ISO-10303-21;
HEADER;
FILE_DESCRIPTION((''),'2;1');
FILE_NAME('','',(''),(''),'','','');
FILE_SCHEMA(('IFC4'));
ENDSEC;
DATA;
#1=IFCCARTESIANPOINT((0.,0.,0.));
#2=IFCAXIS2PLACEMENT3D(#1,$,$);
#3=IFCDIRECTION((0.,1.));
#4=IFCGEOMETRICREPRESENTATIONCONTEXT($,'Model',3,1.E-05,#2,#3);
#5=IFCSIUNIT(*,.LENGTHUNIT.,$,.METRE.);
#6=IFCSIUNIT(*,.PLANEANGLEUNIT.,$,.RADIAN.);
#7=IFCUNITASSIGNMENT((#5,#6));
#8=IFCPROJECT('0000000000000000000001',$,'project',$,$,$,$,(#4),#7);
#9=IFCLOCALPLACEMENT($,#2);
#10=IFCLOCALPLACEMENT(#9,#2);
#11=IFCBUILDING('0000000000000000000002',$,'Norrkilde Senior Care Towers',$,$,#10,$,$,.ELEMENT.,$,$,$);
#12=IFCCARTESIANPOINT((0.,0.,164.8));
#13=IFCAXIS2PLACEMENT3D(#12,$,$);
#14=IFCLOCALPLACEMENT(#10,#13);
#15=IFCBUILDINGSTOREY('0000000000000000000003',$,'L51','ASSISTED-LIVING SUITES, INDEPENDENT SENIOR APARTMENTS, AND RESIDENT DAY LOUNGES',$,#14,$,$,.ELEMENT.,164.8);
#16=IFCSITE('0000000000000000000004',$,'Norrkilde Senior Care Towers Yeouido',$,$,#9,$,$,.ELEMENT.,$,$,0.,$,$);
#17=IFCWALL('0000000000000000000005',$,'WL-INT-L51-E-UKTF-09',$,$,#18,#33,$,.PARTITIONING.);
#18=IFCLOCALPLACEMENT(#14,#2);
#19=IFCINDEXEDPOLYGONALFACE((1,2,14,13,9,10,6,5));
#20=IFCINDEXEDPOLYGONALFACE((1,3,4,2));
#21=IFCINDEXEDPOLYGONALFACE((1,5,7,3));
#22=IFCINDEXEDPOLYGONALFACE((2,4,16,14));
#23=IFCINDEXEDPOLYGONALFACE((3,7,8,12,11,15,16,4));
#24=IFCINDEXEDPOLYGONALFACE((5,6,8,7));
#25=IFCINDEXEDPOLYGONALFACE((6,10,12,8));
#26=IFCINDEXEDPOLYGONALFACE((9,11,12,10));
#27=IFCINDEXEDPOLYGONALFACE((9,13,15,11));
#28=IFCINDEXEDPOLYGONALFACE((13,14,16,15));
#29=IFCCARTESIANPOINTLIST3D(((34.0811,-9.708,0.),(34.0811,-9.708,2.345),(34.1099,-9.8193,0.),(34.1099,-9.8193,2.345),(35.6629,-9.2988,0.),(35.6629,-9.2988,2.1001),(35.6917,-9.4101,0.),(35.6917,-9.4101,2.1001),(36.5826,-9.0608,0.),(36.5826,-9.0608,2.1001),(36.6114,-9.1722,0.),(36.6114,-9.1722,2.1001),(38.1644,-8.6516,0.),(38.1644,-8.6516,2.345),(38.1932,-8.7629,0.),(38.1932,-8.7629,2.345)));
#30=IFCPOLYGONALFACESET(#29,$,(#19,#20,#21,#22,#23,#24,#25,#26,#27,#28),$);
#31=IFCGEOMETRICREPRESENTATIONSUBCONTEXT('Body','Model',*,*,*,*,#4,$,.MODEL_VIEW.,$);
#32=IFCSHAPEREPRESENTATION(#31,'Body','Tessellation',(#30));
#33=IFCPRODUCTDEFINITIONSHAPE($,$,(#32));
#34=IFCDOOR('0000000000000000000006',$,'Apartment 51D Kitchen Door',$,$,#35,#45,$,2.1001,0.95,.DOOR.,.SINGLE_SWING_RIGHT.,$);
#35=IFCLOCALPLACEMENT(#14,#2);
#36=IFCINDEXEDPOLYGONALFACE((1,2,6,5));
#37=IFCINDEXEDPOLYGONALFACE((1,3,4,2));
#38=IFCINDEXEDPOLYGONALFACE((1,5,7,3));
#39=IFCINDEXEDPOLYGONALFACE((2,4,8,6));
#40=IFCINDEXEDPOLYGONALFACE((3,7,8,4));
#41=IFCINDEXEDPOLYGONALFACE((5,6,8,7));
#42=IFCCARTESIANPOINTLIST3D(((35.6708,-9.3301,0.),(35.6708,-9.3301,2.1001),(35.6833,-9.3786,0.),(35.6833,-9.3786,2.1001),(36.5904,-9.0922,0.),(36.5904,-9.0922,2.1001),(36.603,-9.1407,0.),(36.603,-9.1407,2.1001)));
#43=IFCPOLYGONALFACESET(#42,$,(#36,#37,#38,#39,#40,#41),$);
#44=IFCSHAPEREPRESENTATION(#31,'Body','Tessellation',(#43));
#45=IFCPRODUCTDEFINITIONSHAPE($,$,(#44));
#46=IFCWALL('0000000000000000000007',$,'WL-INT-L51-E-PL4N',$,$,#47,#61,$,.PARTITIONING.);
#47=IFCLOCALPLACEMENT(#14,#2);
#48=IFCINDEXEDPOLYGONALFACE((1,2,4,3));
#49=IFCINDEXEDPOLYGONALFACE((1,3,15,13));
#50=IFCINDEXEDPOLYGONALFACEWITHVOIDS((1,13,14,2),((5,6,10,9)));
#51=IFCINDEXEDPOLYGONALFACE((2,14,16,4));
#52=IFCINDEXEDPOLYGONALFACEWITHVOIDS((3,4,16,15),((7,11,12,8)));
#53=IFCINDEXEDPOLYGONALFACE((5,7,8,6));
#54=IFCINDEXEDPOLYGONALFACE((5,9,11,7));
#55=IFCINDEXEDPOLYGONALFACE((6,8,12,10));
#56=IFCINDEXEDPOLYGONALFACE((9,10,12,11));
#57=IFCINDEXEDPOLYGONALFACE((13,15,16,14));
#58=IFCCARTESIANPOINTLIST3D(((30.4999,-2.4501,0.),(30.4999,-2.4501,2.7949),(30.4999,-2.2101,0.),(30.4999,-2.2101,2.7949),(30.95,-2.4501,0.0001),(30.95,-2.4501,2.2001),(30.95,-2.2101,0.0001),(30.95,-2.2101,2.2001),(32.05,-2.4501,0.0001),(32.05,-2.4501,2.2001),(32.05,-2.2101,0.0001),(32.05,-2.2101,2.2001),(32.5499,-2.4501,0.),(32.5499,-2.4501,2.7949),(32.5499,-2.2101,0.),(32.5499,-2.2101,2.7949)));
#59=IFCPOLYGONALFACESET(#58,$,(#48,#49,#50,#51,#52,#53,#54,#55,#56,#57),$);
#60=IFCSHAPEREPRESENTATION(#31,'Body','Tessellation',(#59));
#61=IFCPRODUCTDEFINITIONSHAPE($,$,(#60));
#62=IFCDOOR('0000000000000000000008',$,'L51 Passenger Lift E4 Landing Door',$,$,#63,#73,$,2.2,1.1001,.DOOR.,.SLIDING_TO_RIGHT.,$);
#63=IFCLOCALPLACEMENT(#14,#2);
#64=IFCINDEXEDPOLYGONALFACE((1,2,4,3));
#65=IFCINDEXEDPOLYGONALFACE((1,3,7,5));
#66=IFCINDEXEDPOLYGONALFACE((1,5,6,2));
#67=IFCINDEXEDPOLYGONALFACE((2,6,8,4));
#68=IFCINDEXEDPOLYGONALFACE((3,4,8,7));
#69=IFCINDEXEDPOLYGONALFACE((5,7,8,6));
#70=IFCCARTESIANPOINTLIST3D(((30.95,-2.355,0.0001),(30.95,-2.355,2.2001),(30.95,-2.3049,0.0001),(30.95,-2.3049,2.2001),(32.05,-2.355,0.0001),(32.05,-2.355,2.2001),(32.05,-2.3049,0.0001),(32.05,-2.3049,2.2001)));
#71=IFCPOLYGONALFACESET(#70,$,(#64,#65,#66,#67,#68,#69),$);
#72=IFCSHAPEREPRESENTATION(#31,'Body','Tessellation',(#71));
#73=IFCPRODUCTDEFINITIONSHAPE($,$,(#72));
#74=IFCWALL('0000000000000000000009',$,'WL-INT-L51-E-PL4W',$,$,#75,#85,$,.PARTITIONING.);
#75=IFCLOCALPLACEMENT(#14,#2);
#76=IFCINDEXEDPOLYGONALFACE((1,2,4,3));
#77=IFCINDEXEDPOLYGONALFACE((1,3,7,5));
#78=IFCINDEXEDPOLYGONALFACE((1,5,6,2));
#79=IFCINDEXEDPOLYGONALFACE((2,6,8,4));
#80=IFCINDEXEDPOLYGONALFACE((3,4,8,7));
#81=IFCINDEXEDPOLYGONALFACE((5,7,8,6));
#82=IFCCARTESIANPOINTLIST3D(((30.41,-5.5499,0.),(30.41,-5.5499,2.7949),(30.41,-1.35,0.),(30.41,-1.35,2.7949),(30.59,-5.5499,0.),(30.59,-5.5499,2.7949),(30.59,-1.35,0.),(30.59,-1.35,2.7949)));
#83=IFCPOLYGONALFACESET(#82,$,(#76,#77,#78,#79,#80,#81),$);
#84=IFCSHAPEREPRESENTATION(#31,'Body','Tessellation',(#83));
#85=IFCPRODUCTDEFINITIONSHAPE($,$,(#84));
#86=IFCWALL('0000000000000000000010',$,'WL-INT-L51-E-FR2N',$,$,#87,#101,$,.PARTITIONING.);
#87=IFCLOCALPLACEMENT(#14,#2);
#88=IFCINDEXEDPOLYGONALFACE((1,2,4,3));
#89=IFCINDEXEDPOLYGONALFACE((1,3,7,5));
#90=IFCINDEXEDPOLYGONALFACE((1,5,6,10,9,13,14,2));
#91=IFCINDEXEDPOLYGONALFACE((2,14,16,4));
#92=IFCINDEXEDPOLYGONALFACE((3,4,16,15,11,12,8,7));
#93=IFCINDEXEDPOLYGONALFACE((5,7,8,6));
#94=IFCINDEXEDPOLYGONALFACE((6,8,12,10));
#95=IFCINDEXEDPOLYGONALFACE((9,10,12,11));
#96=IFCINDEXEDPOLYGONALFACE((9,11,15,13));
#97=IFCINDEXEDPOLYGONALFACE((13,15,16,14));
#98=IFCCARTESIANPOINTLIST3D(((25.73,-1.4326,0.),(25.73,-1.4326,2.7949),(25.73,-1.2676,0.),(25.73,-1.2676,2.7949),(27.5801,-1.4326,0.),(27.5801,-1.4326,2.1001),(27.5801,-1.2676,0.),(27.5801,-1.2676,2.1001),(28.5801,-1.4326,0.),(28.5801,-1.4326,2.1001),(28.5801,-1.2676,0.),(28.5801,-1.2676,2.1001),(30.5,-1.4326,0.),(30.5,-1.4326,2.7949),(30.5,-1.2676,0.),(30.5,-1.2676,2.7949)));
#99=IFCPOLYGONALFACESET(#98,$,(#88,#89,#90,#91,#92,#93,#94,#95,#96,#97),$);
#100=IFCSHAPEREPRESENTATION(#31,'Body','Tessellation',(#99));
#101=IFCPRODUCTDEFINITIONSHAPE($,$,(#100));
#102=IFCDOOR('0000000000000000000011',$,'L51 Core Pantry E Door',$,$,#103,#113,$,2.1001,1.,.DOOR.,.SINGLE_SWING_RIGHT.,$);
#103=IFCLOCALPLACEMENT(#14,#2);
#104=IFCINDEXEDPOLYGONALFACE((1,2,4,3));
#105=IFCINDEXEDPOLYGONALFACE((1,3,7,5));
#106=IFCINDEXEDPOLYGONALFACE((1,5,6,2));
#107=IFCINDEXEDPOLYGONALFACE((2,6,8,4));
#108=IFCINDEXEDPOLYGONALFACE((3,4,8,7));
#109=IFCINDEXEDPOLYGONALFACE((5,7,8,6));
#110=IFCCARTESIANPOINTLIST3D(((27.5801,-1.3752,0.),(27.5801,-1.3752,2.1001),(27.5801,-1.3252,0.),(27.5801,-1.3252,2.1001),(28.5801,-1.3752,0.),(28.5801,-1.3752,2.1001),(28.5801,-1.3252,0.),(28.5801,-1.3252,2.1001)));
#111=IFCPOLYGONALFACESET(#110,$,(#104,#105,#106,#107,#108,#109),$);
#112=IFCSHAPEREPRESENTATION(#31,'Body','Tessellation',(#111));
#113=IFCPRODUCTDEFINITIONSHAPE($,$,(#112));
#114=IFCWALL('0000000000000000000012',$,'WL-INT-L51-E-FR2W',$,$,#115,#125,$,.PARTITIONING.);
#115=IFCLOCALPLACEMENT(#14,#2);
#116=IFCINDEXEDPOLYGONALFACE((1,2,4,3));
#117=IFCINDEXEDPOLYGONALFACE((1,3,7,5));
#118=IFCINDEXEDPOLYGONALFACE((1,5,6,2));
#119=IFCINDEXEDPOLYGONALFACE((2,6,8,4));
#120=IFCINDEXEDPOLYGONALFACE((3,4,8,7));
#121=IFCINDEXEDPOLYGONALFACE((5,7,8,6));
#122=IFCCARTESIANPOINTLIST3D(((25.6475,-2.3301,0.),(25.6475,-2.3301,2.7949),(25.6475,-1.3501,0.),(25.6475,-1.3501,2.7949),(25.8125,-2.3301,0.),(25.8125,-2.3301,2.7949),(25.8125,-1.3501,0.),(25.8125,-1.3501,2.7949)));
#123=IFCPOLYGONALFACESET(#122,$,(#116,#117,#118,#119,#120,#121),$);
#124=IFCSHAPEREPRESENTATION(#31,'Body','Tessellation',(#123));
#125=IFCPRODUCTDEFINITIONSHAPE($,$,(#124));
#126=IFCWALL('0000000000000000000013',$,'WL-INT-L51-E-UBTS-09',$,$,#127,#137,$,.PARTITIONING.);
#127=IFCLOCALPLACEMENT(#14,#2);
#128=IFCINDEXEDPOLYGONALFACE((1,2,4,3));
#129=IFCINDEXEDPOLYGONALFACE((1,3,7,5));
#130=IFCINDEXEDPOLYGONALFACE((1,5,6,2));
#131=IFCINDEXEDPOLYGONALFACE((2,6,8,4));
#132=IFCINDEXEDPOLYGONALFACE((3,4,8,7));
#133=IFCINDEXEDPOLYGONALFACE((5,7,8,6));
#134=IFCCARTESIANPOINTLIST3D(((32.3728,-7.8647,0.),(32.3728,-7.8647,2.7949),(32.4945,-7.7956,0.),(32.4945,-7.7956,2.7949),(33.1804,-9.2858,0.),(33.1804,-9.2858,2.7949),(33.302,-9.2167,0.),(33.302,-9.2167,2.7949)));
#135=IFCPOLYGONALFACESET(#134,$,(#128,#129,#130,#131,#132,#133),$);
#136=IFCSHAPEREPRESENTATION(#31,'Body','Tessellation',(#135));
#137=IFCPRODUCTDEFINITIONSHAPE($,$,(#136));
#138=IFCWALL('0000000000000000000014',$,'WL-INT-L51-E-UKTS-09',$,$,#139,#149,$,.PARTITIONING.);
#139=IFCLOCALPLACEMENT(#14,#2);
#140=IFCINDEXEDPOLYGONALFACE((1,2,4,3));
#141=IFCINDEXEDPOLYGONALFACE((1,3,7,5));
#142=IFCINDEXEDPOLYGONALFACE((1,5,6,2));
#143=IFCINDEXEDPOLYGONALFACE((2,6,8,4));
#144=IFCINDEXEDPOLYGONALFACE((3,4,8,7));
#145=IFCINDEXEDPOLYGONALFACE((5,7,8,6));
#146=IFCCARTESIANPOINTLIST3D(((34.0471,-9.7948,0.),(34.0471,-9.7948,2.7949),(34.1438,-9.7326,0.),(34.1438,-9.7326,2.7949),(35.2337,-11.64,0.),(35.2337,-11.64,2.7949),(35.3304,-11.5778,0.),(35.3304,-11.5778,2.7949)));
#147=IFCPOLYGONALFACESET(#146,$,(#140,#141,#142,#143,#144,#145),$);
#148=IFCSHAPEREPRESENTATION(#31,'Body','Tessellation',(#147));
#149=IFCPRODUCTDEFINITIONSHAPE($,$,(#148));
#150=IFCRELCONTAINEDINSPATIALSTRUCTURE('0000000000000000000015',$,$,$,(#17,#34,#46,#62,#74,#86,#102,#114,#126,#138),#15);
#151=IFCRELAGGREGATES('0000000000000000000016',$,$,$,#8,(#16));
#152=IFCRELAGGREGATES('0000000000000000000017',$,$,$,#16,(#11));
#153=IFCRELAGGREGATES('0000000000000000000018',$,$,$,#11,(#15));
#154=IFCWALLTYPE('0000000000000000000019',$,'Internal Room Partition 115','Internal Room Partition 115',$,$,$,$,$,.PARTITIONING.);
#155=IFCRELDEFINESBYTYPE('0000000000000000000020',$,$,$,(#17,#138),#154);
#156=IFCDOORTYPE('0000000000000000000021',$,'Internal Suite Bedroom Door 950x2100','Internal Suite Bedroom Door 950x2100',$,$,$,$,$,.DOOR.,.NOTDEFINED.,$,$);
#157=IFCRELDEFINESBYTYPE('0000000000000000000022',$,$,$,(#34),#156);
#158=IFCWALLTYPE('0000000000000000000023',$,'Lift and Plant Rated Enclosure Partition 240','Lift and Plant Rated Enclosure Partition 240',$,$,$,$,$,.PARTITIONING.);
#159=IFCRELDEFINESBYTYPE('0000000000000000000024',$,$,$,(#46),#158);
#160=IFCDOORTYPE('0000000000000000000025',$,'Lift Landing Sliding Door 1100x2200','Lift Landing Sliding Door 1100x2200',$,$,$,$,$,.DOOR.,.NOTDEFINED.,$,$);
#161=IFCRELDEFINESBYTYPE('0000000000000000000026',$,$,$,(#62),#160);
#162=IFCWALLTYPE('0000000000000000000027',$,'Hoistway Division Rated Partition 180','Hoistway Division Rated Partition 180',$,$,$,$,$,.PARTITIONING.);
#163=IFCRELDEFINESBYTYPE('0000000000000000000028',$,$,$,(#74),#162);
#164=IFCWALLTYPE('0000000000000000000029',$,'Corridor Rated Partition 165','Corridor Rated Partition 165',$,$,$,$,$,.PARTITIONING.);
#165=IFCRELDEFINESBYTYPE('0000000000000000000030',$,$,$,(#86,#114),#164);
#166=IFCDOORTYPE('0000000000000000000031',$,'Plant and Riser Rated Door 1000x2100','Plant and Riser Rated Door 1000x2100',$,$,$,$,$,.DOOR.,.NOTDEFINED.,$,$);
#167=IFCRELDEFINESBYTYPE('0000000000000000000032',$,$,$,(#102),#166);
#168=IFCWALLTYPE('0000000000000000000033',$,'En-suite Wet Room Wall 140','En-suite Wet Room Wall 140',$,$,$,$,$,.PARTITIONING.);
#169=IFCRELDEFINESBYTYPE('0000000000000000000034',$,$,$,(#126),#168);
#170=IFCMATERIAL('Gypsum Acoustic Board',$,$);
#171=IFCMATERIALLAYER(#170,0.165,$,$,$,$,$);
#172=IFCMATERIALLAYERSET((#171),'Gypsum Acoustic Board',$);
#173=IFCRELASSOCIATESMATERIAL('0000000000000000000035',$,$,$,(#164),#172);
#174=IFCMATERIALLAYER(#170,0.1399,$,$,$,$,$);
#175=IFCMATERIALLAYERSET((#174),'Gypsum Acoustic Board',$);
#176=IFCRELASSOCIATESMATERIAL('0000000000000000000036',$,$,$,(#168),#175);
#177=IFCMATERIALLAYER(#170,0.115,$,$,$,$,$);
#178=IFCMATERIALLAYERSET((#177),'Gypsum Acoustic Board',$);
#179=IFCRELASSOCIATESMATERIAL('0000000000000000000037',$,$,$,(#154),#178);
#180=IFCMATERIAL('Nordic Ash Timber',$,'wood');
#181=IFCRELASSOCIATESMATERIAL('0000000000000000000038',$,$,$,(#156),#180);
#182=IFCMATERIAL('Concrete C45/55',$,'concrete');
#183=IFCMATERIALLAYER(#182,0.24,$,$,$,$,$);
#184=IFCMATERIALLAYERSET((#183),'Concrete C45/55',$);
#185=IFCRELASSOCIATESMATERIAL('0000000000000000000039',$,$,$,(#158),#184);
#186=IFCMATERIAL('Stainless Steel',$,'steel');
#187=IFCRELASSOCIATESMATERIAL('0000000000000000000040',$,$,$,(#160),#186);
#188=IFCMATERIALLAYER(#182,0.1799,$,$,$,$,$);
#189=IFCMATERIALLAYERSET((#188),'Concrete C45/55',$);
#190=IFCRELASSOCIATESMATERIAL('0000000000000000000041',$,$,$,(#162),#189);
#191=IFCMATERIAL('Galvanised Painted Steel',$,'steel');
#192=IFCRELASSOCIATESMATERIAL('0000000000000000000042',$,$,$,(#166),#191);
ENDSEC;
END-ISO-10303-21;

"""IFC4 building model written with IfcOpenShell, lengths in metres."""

from ifc_helpers import new_model, si_unit, direction, frame, frame_2d, origin, place, context, subcontext, project, spatial, rectangle, extrude, source, transform, mapped, material, layer, layer_set, type_object, type_shapes, element, fill, save


model = new_model("IFC4")

# Units and contexts
model_context = context("Model", 3, precision=1e-05, world=origin(), true_north=direction((0.0, 1.0)))
body_context = subcontext(model_context, "Body", "Model", "MODEL_VIEW")
ifc_project = project(units=[si_unit("LENGTHUNIT", "METRE"), si_unit("PLANEANGLEUNIT", "RADIAN")], contexts=[model_context])

# Site, building, storey
site_placement = place(None, origin())
site = spatial("IfcSite", under=ifc_project, at=site_placement, Name="Norrkilde Senior Care Towers Yeouido", CompositionType="ELEMENT", RefElevation=0.0)
building_placement = place(site_placement, origin())
building = spatial("IfcBuilding", under=site, at=building_placement, Name="Norrkilde Senior Care Towers", CompositionType="ELEMENT")
storey_placement = place(building_placement, frame((0.0, 0.0, 164.8)))
storey = spatial("IfcBuildingStorey", under=building, at=storey_placement, Name="L51", Description="ASSISTED-LIVING SUITES, INDEPENDENT SENIOR APARTMENTS, AND RESIDENT DAY LOUNGES", CompositionType="ELEMENT", Elevation=164.8)

# Shared definitions
ifc_material_1 = material(Name="Concrete C45/55", Category="concrete")

# Shared definitions
ifc_material_2 = material(Name="Gypsum Acoustic Board")
ifc_layer_1 = layer(ifc_material_2, 0.165)
ifc_layer_set_1 = layer_set([ifc_layer_1], Name="Gypsum Acoustic Board")
wall_type_1 = type_object("IfcWallType", Name="Corridor Rated Partition 165", Description="Corridor Rated Partition 165", PredefinedType="PARTITIONING", material=ifc_layer_set_1)
ifc_material_3 = material(Name="Galvanised Painted Steel", Category="steel")

# Shared definitions
ifc_layer_2 = layer(ifc_material_2, 0.1399)
ifc_layer_set_2 = layer_set([ifc_layer_2], Name="Gypsum Acoustic Board")
wall_type_2 = type_object("IfcWallType", Name="En-suite Wet Room Wall 140", Description="En-suite Wet Room Wall 140", PredefinedType="PARTITIONING", material=ifc_layer_set_2)

# Walls, openings, doors
ifc_material_4 = material(Name="Nordic Ash Timber", Category="wood")
ifc_layer_3 = layer(ifc_material_2, 0.115)
ifc_layer_set_3 = layer_set([ifc_layer_3], Name="Gypsum Acoustic Board")
wall_type_3 = type_object("IfcWallType", Name="Internal Room Partition 115", Description="Internal Room Partition 115", PredefinedType="PARTITIONING", material=ifc_layer_set_3)
shared_shape_1 = source(origin(), body_context, "Body", "SweptSolid", [
    extrude(rectangle(XDim=4.2178, YDim=0.115, at=frame_2d((2.1089, 0.0))), origin(), (0.0, 0.0, 1.0), 2.345),
])
wall_1_placement = place(storey_placement, frame((34.0955, -9.7637, 0.0), z_axis=(0.0, 0.0, 1.0), x_axis=(0.968125, 0.250468, 0.0)))
wall_1 = element("IfcWall", 1, at=wall_1_placement, inside=storey, type_object=wall_type_3, Name="WL-INT-L51-E-UKTF-09", PredefinedType="PARTITIONING", context=body_context, shape_type="MappedRepresentation", body=[
    mapped(shared_shape_1, transform((0.0, 0.0, 0.0), x_axis=(1.0, 0.0, 0.0), y_axis=(0.0, 1.0, 0.0), z_axis=(0.0, 0.0, 1.0), scale=1.0)),
])
opening_1_placement = place(wall_1_placement, frame((1.6338, 0.0, 0.0)))
opening_1 = element("IfcOpeningElement", 2, at=opening_1_placement, cuts=wall_1, PredefinedType="OPENING", context=body_context, shape_type="SweptSolid", body=[
    extrude(rectangle(XDim=0.95, YDim=2.1001, at=frame_2d((0.4751, 1.05))), frame((0.0, 0.0674, 0.0), z_axis=(0.0, -1.0, 0.0), x_axis=(1.0, 0.0, 0.0)), (0.0, 0.0, 1.0), 0.135),
])
door_type_1 = type_object("IfcDoorType", Name="Internal Suite Bedroom Door 950x2100", Description="Internal Suite Bedroom Door 950x2100", OperationType="NOTDEFINED", PredefinedType="DOOR", material=ifc_material_4)
shared_shape_2 = source(origin(), body_context, "Body", "SweptSolid", [
    extrude(rectangle(XDim=0.95, YDim=2.1001, at=frame_2d((0.4751, 1.05))), frame((0.0, 0.0249, 0.0), z_axis=(0.0, -1.0, 0.0), x_axis=(1.0, 0.0, 0.0)), (0.0, 0.0, 1.0), 0.05),
])
type_shapes(door_type_1, [shared_shape_2])
door_1_placement = place(opening_1_placement, frame((0.95, 0.0, 0.0), z_axis=(0.0, 0.0, 1.0), x_axis=(-1.0, 0.0, 0.0)))
door_1 = element("IfcDoor", 3, at=door_1_placement, inside=storey, type_object=door_type_1, Name="Apartment 51D Kitchen Door", OperationType="SINGLE_SWING_RIGHT", OverallHeight=2.1001, OverallWidth=0.95, PredefinedType="DOOR", context=body_context, shape_type="MappedRepresentation", body=[
    mapped(shared_shape_2, transform((0.0, 0.0, 0.0), x_axis=(1.0, 0.0, 0.0), y_axis=(0.0, 1.0, 0.0), z_axis=(0.0, 0.0, 1.0), scale=1.0)),
])
fill(opening_1, door_1)
ifc_layer_4 = layer(ifc_material_1, 0.24)
ifc_layer_set_4 = layer_set([ifc_layer_4], Name="Concrete C45/55")
wall_type_4 = type_object("IfcWallType", Name="Lift and Plant Rated Enclosure Partition 240", Description="Lift and Plant Rated Enclosure Partition 240", PredefinedType="PARTITIONING", material=ifc_layer_set_4)
shared_shape_3 = source(origin(), body_context, "Body", "SweptSolid", [
    extrude(rectangle(XDim=2.05, YDim=0.24, at=frame_2d((1.0249, 0.0))), origin(), (0.0, 0.0, 1.0), 2.7949),
])
type_shapes(wall_type_4, [shared_shape_3])
wall_2_placement = place(storey_placement, frame((30.5, -2.3301, 0.0), z_axis=(0.0, 0.0, 1.0), x_axis=(1.0, 0.0, 0.0)))
wall_2 = element("IfcWall", 4, at=wall_2_placement, inside=storey, type_object=wall_type_4, Name="WL-INT-L51-E-PL4N", PredefinedType="PARTITIONING", context=body_context, shape_type="MappedRepresentation", body=[
    mapped(shared_shape_3, transform((0.0, 0.0, 0.0), x_axis=(1.0, 0.0, 0.0), y_axis=(0.0, 1.0, 0.0), z_axis=(0.0, 0.0, 1.0), scale=1.0)),
])
opening_2_placement = place(wall_2_placement, frame((0.45, 0.0, 0.0)))
opening_2 = element("IfcOpeningElement", 5, at=opening_2_placement, cuts=wall_2, PredefinedType="OPENING", context=body_context, shape_type="SweptSolid", body=[
    extrude(rectangle(XDim=1.1001, YDim=2.2, at=frame_2d((0.55, 1.1001))), frame((0.0, 0.1299, 0.0), z_axis=(0.0, -1.0, 0.0), x_axis=(1.0, 0.0, 0.0)), (0.0, 0.0, 1.0), 0.26),
])
ifc_material_5 = material(Name="Stainless Steel", Category="steel")
door_type_2 = type_object("IfcDoorType", Name="Lift Landing Sliding Door 1100x2200", Description="Lift Landing Sliding Door 1100x2200", OperationType="NOTDEFINED", PredefinedType="DOOR", material=ifc_material_5)
shared_shape_4 = source(origin(), body_context, "Body", "SweptSolid", [
    extrude(rectangle(XDim=1.1001, YDim=2.2, at=frame_2d((0.55, 1.1001))), frame((0.0, 0.0249, 0.0), z_axis=(0.0, -1.0, 0.0), x_axis=(1.0, 0.0, 0.0)), (0.0, 0.0, 1.0), 0.05),
])
type_shapes(door_type_2, [shared_shape_4])
door_2_placement = place(opening_2_placement, frame((1.1001, 0.0, 0.0), z_axis=(0.0, 0.0, 1.0), x_axis=(-1.0, 0.0, 0.0)))
door_2 = element("IfcDoor", 6, at=door_2_placement, inside=storey, type_object=door_type_2, Name="L51 Passenger Lift E4 Landing Door", OperationType="SLIDING_TO_RIGHT", OverallHeight=2.2, OverallWidth=1.1001, PredefinedType="DOOR", context=body_context, shape_type="MappedRepresentation", body=[
    mapped(shared_shape_4, transform((0.0, 0.0, 0.0), x_axis=(1.0, 0.0, 0.0), y_axis=(0.0, 1.0, 0.0), z_axis=(0.0, 0.0, 1.0), scale=1.0)),
])
fill(opening_2, door_2)

# Wall
ifc_layer_5 = layer(ifc_material_1, 0.1799)
ifc_layer_set_5 = layer_set([ifc_layer_5], Name="Concrete C45/55")
wall_type_5 = type_object("IfcWallType", Name="Hoistway Division Rated Partition 180", Description="Hoistway Division Rated Partition 180", PredefinedType="PARTITIONING", material=ifc_layer_set_5)
shared_shape_5 = source(origin(), body_context, "Body", "SweptSolid", [
    extrude(rectangle(XDim=4.2, YDim=0.1799, at=frame_2d((2.1001, 0.0))), origin(), (0.0, 0.0, 1.0), 2.7949),
])
type_shapes(wall_type_5, [shared_shape_5])
wall_3_placement = place(storey_placement, frame((30.5, -5.55, 0.0), z_axis=(0.0, 0.0, 1.0), x_axis=(0.0, 1.0, 0.0)))
element("IfcWall", 7, at=wall_3_placement, inside=storey, type_object=wall_type_5, Name="WL-INT-L51-E-PL4W", PredefinedType="PARTITIONING", context=body_context, shape_type="MappedRepresentation", body=[
    mapped(shared_shape_5, transform((0.0, 0.0, 0.0), x_axis=(1.0, 0.0, 0.0), y_axis=(0.0, 1.0, 0.0), z_axis=(0.0, 0.0, 1.0), scale=1.0)),
])

# Wall, opening, door
shared_shape_6 = source(origin(), body_context, "Body", "SweptSolid", [
    extrude(rectangle(XDim=4.77, YDim=0.165, at=frame_2d((2.385, 0.0))), origin(), (0.0, 0.0, 1.0), 2.7949),
])
wall_4_placement = place(storey_placement, frame((25.73, -1.3501, 0.0), z_axis=(0.0, 0.0, 1.0), x_axis=(1.0, 0.0, 0.0)))
wall_4 = element("IfcWall", 8, at=wall_4_placement, inside=storey, type_object=wall_type_1, Name="WL-INT-L51-E-FR2N", PredefinedType="PARTITIONING", context=body_context, shape_type="MappedRepresentation", body=[
    mapped(shared_shape_6, transform((0.0, 0.0, 0.0), x_axis=(1.0, 0.0, 0.0), y_axis=(0.0, 1.0, 0.0), z_axis=(0.0, 0.0, 1.0), scale=1.0)),
])
opening_3_placement = place(wall_4_placement, frame((1.8501, 0.0, 0.0)))
opening_3 = element("IfcOpeningElement", 9, at=opening_3_placement, cuts=wall_4, PredefinedType="OPENING", context=body_context, shape_type="SweptSolid", body=[
    extrude(rectangle(XDim=1.0, YDim=2.1001, at=frame_2d((0.5, 1.05))), frame((0.0, 0.0925, 0.0), z_axis=(0.0, -1.0, 0.0), x_axis=(1.0, 0.0, 0.0)), (0.0, 0.0, 1.0), 0.1851),
])
door_type_3 = type_object("IfcDoorType", Name="Plant and Riser Rated Door 1000x2100", Description="Plant and Riser Rated Door 1000x2100", OperationType="NOTDEFINED", PredefinedType="DOOR", material=ifc_material_3)
shared_shape_7 = source(origin(), body_context, "Body", "SweptSolid", [
    extrude(rectangle(XDim=1.0, YDim=2.1001, at=frame_2d((0.5, 1.05))), frame((0.0, 0.0249, 0.0), z_axis=(0.0, -1.0, 0.0), x_axis=(1.0, 0.0, 0.0)), (0.0, 0.0, 1.0), 0.05),
])
type_shapes(door_type_3, [shared_shape_7])
door_3_placement = place(opening_3_placement, origin())
door_3 = element("IfcDoor", 10, at=door_3_placement, inside=storey, type_object=door_type_3, Name="L51 Core Pantry E Door", OperationType="SINGLE_SWING_RIGHT", OverallHeight=2.1001, OverallWidth=1.0, PredefinedType="DOOR", context=body_context, shape_type="MappedRepresentation", body=[
    mapped(shared_shape_7, transform((0.0, 0.0, 0.0), x_axis=(1.0, 0.0, 0.0), y_axis=(0.0, 1.0, 0.0), z_axis=(0.0, 0.0, 1.0), scale=1.0)),
])
fill(opening_3, door_3)

# Walls
shared_shape_8 = source(origin(), body_context, "Body", "SweptSolid", [
    extrude(rectangle(XDim=0.98, YDim=0.165, at=frame_2d((0.49, 0.0))), origin(), (0.0, 0.0, 1.0), 2.7949),
])
wall_5_placement = place(storey_placement, frame((25.73, -2.3301, 0.0), z_axis=(0.0, 0.0, 1.0), x_axis=(0.0, 1.0, 0.0)))
element("IfcWall", 11, at=wall_5_placement, inside=storey, type_object=wall_type_1, Name="WL-INT-L51-E-FR2W", PredefinedType="PARTITIONING", context=body_context, shape_type="MappedRepresentation", body=[
    mapped(shared_shape_8, transform((0.0, 0.0, 0.0), x_axis=(1.0, 0.0, 0.0), y_axis=(0.0, 1.0, 0.0), z_axis=(0.0, 0.0, 1.0), scale=1.0)),
])
shared_shape_9 = source(origin(), body_context, "Body", "SweptSolid", [
    extrude(rectangle(XDim=1.6345, YDim=0.1399, at=frame_2d((0.8174, 0.0))), origin(), (0.0, 0.0, 1.0), 2.7949),
])
wall_6_placement = place(storey_placement, frame((32.4336, -7.8301, 0.0), z_axis=(0.0, 0.0, 1.0), x_axis=(0.494079, -0.869417, 0.0)))
element("IfcWall", 12, at=wall_6_placement, inside=storey, type_object=wall_type_2, Name="WL-INT-L51-E-UBTS-09", PredefinedType="PARTITIONING", context=body_context, shape_type="MappedRepresentation", body=[
    mapped(shared_shape_9, transform((0.0, 0.0, 0.0), x_axis=(1.0, 0.0, 0.0), y_axis=(0.0, 1.0, 0.0), z_axis=(0.0, 0.0, 1.0), scale=1.0)),
])
shared_shape_10 = source(origin(), body_context, "Body", "SweptSolid", [
    extrude(rectangle(XDim=2.1938, YDim=0.115, at=frame_2d((1.0969, 0.0))), origin(), (0.0, 0.0, 1.0), 2.7949),
])
type_shapes(wall_type_3, [shared_shape_1, shared_shape_10])
wall_7_placement = place(storey_placement, frame((34.0955, -9.7637, 0.0), z_axis=(0.0, 0.0, 1.0), x_axis=(0.540859, -0.841113, 0.0)))
element("IfcWall", 13, at=wall_7_placement, inside=storey, type_object=wall_type_3, Name="WL-INT-L51-E-UKTS-09", PredefinedType="PARTITIONING", context=body_context, shape_type="MappedRepresentation", body=[
    mapped(shared_shape_10, transform((0.0, 0.0, 0.0), x_axis=(1.0, 0.0, 0.0), y_axis=(0.0, 1.0, 0.0), z_axis=(0.0, 0.0, 1.0), scale=1.0)),
])

save(model, "model.ifc")
